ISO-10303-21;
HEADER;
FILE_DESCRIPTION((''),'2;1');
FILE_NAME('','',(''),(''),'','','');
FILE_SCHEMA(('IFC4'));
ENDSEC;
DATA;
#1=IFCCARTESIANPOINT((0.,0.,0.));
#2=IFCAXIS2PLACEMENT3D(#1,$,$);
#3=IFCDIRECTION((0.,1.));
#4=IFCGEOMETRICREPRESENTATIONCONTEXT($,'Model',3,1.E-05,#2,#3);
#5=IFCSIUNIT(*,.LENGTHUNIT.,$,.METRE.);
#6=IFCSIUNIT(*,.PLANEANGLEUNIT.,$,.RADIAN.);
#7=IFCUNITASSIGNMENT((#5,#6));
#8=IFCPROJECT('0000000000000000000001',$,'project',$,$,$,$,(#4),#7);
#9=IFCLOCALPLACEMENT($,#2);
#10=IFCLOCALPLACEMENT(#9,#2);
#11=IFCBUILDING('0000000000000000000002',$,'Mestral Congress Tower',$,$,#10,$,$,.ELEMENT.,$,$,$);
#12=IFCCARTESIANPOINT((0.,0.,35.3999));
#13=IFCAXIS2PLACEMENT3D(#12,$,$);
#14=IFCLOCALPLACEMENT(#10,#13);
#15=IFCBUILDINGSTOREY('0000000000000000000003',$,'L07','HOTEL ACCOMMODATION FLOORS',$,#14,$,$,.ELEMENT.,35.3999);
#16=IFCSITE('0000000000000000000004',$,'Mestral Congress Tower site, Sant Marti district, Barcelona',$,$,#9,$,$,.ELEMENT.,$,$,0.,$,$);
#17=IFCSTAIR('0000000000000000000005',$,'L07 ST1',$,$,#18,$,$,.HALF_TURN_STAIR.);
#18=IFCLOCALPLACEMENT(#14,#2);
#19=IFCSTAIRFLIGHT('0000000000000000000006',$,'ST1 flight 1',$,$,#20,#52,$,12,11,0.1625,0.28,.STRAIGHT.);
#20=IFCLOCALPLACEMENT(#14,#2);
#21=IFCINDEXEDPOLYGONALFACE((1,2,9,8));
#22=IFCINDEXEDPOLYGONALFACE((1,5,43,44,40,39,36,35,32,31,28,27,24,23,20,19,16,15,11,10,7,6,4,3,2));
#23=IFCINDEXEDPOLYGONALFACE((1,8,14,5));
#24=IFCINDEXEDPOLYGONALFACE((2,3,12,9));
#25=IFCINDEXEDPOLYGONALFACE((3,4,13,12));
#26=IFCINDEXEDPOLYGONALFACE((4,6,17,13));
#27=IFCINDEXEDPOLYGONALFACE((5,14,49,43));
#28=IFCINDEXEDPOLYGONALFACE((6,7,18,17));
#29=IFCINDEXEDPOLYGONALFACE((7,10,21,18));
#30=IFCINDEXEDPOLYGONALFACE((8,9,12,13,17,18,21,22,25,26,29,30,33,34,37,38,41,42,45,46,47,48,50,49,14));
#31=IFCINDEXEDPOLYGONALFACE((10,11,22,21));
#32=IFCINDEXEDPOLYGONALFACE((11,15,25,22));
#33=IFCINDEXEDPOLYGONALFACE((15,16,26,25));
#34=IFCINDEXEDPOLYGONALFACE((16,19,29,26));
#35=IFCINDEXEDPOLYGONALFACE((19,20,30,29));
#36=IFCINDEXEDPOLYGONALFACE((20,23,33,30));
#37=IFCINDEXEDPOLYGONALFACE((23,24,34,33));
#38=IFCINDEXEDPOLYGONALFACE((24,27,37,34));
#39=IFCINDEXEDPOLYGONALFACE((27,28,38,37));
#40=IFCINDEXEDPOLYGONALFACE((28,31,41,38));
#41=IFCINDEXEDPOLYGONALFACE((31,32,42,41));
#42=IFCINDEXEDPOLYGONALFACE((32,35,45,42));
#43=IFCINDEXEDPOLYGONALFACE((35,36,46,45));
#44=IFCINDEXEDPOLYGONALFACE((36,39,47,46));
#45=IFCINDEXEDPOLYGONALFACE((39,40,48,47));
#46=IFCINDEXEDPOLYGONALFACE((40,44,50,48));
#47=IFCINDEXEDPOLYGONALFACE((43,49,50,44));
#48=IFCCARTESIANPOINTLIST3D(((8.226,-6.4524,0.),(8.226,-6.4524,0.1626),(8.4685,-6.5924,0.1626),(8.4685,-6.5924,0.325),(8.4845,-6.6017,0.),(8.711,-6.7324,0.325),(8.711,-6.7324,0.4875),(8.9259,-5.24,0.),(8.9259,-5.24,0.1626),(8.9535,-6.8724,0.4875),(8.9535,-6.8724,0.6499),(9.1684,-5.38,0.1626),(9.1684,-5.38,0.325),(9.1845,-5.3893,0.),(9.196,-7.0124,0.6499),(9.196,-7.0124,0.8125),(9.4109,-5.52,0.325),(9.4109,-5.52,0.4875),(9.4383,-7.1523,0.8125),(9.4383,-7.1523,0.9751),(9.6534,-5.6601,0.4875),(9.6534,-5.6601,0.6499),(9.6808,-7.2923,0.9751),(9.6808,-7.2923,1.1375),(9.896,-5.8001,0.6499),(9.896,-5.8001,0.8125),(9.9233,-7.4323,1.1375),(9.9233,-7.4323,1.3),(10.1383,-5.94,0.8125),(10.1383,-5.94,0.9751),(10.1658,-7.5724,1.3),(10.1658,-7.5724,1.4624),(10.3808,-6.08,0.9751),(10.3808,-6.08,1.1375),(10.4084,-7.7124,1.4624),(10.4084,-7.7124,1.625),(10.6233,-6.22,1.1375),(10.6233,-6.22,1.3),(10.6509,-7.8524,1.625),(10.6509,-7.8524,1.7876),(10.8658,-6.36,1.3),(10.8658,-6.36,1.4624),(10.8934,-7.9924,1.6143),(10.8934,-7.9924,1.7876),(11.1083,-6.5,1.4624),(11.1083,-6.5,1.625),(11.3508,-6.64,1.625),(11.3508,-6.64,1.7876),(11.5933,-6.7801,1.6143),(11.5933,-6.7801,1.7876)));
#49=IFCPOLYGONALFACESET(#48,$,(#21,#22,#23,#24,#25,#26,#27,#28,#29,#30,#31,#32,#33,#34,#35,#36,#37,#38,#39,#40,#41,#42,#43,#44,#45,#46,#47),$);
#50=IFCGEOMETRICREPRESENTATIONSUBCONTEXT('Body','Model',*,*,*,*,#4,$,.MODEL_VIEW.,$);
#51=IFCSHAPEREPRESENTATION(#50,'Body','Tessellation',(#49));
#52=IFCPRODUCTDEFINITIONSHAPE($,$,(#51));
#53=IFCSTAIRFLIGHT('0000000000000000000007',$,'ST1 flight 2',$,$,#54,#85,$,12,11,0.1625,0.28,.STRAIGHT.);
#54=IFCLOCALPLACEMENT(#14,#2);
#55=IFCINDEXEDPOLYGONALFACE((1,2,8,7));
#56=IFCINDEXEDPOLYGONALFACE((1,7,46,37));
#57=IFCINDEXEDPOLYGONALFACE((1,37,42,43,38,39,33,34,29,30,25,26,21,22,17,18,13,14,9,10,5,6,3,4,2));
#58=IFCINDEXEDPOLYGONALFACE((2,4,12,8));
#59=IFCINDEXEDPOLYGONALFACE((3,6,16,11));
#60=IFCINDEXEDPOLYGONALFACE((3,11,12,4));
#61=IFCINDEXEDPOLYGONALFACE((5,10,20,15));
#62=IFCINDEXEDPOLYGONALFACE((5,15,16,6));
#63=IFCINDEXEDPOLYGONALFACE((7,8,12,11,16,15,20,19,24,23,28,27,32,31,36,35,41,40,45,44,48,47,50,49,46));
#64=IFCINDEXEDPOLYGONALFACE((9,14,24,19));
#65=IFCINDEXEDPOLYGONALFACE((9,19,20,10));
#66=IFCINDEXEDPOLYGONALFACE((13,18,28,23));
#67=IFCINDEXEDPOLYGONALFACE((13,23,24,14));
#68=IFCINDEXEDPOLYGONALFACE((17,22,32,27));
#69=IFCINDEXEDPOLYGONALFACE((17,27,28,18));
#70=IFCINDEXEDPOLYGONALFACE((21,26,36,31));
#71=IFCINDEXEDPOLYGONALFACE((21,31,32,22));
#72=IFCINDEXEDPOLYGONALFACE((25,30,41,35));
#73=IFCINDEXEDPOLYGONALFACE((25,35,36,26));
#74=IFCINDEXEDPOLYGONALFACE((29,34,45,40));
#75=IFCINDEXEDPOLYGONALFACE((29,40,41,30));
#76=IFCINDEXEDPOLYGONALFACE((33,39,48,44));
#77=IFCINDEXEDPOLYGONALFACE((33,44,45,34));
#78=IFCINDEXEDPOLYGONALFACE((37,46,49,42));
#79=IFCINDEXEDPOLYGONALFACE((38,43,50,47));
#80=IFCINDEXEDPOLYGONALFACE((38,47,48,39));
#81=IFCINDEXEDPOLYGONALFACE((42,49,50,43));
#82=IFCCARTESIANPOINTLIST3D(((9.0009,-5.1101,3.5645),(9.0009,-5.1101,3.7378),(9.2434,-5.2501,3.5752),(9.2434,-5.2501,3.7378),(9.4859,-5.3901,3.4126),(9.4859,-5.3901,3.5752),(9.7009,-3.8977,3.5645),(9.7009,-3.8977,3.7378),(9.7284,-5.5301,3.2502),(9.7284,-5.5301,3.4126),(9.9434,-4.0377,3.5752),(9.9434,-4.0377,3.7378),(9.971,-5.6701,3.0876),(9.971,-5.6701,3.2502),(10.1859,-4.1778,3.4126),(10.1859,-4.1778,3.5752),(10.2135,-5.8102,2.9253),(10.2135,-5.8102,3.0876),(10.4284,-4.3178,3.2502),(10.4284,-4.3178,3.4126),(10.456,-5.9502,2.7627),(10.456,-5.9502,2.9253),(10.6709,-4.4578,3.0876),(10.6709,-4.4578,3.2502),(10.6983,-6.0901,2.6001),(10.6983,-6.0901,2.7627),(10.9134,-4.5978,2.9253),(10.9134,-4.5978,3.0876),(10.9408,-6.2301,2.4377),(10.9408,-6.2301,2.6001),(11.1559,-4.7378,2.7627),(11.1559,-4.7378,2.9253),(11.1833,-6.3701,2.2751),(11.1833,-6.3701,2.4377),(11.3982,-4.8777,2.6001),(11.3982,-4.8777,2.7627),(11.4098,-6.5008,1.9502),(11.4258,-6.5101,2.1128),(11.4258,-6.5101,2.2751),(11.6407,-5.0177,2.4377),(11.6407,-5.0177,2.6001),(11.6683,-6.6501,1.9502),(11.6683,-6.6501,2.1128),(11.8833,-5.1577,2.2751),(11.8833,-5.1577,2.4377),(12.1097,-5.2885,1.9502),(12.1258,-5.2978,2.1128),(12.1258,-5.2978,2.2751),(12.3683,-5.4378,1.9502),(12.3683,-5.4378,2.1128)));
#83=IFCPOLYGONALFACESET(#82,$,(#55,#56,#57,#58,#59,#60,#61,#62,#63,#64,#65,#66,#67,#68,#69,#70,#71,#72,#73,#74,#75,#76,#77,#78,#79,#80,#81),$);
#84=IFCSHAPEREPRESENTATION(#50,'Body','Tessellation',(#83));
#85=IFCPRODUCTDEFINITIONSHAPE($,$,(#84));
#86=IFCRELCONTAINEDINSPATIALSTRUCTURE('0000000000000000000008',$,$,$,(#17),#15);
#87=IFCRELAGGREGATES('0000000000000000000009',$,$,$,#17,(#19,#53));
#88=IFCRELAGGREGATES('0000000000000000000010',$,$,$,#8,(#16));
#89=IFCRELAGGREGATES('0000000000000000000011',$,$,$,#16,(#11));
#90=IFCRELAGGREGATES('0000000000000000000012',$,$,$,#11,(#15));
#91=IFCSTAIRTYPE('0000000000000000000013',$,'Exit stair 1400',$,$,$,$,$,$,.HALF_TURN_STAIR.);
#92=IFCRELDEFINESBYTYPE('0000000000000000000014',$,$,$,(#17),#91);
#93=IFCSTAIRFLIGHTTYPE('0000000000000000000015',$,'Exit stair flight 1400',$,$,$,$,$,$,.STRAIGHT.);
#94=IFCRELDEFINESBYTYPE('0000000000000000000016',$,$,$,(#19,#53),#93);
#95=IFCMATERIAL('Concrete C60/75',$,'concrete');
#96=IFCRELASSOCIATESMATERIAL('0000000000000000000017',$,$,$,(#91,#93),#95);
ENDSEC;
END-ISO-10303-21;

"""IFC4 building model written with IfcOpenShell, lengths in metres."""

from ifc_helpers import new_model, si_unit, direction, frame, origin, place, context, subcontext, project, spatial, polyline, outline, extrude, material, type_object, element, aggregate, save


model = new_model("IFC4")

# Units and contexts
model_context = context("Model", 3, precision=1e-05, world=origin(), true_north=direction((0.0, 1.0)))
body_context = subcontext(model_context, "Body", "Model", "MODEL_VIEW")
ifc_project = project(units=[si_unit("LENGTHUNIT", "METRE"), si_unit("PLANEANGLEUNIT", "RADIAN")], contexts=[model_context])

# Site, building, storey
site_placement = place(None, origin())
site = spatial("IfcSite", under=ifc_project, at=site_placement, Name="Mestral Congress Tower site, Sant Marti district, Barcelona", CompositionType="ELEMENT", RefElevation=0.0)
building_placement = place(site_placement, origin())
building = spatial("IfcBuilding", under=site, at=building_placement, Name="Mestral Congress Tower", CompositionType="ELEMENT")
storey_placement = place(building_placement, frame((0.0, 0.0, 35.3999)))
storey = spatial("IfcBuildingStorey", under=building, at=storey_placement, Name="L07", Description="HOTEL ACCOMMODATION FLOORS", CompositionType="ELEMENT", Elevation=35.3999)

# Shared definitions
ifc_material_1 = material(Name="Concrete C60/75", Category="concrete")

# Stair, stair flights
stair_type = type_object("IfcStairType", Name="Exit stair 1400", PredefinedType="HALF_TURN_STAIR", material=ifc_material_1)
stair_placement = place(storey_placement, origin())
stair = element("IfcStair", 1, at=stair_placement, inside=storey, type_object=stair_type, Name="L07 ST1", PredefinedType="HALF_TURN_STAIR")
stair_flight_type = type_object("IfcStairFlightType", Name="Exit stair flight 1400", PredefinedType="STRAIGHT", material=ifc_material_1)
stair_flight_1_placement = place(storey_placement, frame((8.5759, -5.8462, 0.0), z_axis=(0.0, 0.0, 1.0), x_axis=(0.866025, -0.5, 0.0)))
stair_flight_1 = element("IfcStairFlight", 2, at=stair_flight_1_placement, type_object=stair_flight_type, Name="ST1 flight 1", NumberOfRisers=12, NumberOfTreads=11, PredefinedType="STRAIGHT", RiserHeight=0.1625, TreadLength=0.28, context=body_context, shape_type="SweptSolid", body=[
    extrude(outline(polyline([(0.0, 0.0), (0.0, 0.1626), (0.28, 0.1626), (0.28, 0.325), (0.5601, 0.325), (0.5601, 0.4875), (0.8401, 0.4875), (0.8401, 0.6499), (1.1201, 0.6499), (1.1201, 0.8125), (1.3999, 0.8125), (1.3999, 0.9751), (1.6799, 0.9751), (1.6799, 1.1375), (1.96, 1.1375), (1.96, 1.3), (2.24, 1.3), (2.24, 1.4624), (2.52, 1.4624), (2.52, 1.625), (2.8, 1.625), (2.8, 1.7876), (3.0801, 1.7876), (3.0801, 1.95), (3.0801, 1.6143), (0.2986, 0.0), (0.0, 0.0)])), frame((0.0, 0.7, 0.0), z_axis=(0.0, -1.0, 0.0), x_axis=(1.0, 0.0, 0.0)), (0.0, 0.0, 1.0), 1.3999),
])
stair_flight_2_placement = place(storey_placement, frame((12.0183, -6.0439, 1.9502), z_axis=(0.0, 0.0, 1.0), x_axis=(-0.866025, 0.5, 0.0)))
stair_flight_2 = element("IfcStairFlight", 3, at=stair_flight_2_placement, type_object=stair_flight_type, Name="ST1 flight 2", NumberOfRisers=12, NumberOfTreads=11, PredefinedType="STRAIGHT", RiserHeight=0.1625, TreadLength=0.28, context=body_context, shape_type="SweptSolid", body=[
    extrude(outline(polyline([(0.0, 0.0), (0.0, 0.1626), (0.28, 0.1626), (0.28, 0.325), (0.5601, 0.325), (0.5601, 0.4875), (0.8401, 0.4875), (0.8401, 0.6499), (1.1201, 0.6499), (1.1201, 0.8125), (1.3999, 0.8125), (1.3999, 0.9751), (1.6799, 0.9751), (1.6799, 1.1375), (1.96, 1.1375), (1.96, 1.3), (2.24, 1.3), (2.24, 1.4624), (2.52, 1.4624), (2.52, 1.625), (2.8, 1.625), (2.8, 1.7876), (3.0801, 1.7876), (3.0801, 1.95), (3.0801, 1.6143), (0.2986, 0.0), (0.0, 0.0)])), frame((0.0, 0.7, 0.0), z_axis=(0.0, -1.0, 0.0), x_axis=(1.0, 0.0, 0.0)), (0.0, 0.0, 1.0), 1.3999),
])
aggregate(stair, [stair_flight_1, stair_flight_2])

save(model, "model.ifc")
